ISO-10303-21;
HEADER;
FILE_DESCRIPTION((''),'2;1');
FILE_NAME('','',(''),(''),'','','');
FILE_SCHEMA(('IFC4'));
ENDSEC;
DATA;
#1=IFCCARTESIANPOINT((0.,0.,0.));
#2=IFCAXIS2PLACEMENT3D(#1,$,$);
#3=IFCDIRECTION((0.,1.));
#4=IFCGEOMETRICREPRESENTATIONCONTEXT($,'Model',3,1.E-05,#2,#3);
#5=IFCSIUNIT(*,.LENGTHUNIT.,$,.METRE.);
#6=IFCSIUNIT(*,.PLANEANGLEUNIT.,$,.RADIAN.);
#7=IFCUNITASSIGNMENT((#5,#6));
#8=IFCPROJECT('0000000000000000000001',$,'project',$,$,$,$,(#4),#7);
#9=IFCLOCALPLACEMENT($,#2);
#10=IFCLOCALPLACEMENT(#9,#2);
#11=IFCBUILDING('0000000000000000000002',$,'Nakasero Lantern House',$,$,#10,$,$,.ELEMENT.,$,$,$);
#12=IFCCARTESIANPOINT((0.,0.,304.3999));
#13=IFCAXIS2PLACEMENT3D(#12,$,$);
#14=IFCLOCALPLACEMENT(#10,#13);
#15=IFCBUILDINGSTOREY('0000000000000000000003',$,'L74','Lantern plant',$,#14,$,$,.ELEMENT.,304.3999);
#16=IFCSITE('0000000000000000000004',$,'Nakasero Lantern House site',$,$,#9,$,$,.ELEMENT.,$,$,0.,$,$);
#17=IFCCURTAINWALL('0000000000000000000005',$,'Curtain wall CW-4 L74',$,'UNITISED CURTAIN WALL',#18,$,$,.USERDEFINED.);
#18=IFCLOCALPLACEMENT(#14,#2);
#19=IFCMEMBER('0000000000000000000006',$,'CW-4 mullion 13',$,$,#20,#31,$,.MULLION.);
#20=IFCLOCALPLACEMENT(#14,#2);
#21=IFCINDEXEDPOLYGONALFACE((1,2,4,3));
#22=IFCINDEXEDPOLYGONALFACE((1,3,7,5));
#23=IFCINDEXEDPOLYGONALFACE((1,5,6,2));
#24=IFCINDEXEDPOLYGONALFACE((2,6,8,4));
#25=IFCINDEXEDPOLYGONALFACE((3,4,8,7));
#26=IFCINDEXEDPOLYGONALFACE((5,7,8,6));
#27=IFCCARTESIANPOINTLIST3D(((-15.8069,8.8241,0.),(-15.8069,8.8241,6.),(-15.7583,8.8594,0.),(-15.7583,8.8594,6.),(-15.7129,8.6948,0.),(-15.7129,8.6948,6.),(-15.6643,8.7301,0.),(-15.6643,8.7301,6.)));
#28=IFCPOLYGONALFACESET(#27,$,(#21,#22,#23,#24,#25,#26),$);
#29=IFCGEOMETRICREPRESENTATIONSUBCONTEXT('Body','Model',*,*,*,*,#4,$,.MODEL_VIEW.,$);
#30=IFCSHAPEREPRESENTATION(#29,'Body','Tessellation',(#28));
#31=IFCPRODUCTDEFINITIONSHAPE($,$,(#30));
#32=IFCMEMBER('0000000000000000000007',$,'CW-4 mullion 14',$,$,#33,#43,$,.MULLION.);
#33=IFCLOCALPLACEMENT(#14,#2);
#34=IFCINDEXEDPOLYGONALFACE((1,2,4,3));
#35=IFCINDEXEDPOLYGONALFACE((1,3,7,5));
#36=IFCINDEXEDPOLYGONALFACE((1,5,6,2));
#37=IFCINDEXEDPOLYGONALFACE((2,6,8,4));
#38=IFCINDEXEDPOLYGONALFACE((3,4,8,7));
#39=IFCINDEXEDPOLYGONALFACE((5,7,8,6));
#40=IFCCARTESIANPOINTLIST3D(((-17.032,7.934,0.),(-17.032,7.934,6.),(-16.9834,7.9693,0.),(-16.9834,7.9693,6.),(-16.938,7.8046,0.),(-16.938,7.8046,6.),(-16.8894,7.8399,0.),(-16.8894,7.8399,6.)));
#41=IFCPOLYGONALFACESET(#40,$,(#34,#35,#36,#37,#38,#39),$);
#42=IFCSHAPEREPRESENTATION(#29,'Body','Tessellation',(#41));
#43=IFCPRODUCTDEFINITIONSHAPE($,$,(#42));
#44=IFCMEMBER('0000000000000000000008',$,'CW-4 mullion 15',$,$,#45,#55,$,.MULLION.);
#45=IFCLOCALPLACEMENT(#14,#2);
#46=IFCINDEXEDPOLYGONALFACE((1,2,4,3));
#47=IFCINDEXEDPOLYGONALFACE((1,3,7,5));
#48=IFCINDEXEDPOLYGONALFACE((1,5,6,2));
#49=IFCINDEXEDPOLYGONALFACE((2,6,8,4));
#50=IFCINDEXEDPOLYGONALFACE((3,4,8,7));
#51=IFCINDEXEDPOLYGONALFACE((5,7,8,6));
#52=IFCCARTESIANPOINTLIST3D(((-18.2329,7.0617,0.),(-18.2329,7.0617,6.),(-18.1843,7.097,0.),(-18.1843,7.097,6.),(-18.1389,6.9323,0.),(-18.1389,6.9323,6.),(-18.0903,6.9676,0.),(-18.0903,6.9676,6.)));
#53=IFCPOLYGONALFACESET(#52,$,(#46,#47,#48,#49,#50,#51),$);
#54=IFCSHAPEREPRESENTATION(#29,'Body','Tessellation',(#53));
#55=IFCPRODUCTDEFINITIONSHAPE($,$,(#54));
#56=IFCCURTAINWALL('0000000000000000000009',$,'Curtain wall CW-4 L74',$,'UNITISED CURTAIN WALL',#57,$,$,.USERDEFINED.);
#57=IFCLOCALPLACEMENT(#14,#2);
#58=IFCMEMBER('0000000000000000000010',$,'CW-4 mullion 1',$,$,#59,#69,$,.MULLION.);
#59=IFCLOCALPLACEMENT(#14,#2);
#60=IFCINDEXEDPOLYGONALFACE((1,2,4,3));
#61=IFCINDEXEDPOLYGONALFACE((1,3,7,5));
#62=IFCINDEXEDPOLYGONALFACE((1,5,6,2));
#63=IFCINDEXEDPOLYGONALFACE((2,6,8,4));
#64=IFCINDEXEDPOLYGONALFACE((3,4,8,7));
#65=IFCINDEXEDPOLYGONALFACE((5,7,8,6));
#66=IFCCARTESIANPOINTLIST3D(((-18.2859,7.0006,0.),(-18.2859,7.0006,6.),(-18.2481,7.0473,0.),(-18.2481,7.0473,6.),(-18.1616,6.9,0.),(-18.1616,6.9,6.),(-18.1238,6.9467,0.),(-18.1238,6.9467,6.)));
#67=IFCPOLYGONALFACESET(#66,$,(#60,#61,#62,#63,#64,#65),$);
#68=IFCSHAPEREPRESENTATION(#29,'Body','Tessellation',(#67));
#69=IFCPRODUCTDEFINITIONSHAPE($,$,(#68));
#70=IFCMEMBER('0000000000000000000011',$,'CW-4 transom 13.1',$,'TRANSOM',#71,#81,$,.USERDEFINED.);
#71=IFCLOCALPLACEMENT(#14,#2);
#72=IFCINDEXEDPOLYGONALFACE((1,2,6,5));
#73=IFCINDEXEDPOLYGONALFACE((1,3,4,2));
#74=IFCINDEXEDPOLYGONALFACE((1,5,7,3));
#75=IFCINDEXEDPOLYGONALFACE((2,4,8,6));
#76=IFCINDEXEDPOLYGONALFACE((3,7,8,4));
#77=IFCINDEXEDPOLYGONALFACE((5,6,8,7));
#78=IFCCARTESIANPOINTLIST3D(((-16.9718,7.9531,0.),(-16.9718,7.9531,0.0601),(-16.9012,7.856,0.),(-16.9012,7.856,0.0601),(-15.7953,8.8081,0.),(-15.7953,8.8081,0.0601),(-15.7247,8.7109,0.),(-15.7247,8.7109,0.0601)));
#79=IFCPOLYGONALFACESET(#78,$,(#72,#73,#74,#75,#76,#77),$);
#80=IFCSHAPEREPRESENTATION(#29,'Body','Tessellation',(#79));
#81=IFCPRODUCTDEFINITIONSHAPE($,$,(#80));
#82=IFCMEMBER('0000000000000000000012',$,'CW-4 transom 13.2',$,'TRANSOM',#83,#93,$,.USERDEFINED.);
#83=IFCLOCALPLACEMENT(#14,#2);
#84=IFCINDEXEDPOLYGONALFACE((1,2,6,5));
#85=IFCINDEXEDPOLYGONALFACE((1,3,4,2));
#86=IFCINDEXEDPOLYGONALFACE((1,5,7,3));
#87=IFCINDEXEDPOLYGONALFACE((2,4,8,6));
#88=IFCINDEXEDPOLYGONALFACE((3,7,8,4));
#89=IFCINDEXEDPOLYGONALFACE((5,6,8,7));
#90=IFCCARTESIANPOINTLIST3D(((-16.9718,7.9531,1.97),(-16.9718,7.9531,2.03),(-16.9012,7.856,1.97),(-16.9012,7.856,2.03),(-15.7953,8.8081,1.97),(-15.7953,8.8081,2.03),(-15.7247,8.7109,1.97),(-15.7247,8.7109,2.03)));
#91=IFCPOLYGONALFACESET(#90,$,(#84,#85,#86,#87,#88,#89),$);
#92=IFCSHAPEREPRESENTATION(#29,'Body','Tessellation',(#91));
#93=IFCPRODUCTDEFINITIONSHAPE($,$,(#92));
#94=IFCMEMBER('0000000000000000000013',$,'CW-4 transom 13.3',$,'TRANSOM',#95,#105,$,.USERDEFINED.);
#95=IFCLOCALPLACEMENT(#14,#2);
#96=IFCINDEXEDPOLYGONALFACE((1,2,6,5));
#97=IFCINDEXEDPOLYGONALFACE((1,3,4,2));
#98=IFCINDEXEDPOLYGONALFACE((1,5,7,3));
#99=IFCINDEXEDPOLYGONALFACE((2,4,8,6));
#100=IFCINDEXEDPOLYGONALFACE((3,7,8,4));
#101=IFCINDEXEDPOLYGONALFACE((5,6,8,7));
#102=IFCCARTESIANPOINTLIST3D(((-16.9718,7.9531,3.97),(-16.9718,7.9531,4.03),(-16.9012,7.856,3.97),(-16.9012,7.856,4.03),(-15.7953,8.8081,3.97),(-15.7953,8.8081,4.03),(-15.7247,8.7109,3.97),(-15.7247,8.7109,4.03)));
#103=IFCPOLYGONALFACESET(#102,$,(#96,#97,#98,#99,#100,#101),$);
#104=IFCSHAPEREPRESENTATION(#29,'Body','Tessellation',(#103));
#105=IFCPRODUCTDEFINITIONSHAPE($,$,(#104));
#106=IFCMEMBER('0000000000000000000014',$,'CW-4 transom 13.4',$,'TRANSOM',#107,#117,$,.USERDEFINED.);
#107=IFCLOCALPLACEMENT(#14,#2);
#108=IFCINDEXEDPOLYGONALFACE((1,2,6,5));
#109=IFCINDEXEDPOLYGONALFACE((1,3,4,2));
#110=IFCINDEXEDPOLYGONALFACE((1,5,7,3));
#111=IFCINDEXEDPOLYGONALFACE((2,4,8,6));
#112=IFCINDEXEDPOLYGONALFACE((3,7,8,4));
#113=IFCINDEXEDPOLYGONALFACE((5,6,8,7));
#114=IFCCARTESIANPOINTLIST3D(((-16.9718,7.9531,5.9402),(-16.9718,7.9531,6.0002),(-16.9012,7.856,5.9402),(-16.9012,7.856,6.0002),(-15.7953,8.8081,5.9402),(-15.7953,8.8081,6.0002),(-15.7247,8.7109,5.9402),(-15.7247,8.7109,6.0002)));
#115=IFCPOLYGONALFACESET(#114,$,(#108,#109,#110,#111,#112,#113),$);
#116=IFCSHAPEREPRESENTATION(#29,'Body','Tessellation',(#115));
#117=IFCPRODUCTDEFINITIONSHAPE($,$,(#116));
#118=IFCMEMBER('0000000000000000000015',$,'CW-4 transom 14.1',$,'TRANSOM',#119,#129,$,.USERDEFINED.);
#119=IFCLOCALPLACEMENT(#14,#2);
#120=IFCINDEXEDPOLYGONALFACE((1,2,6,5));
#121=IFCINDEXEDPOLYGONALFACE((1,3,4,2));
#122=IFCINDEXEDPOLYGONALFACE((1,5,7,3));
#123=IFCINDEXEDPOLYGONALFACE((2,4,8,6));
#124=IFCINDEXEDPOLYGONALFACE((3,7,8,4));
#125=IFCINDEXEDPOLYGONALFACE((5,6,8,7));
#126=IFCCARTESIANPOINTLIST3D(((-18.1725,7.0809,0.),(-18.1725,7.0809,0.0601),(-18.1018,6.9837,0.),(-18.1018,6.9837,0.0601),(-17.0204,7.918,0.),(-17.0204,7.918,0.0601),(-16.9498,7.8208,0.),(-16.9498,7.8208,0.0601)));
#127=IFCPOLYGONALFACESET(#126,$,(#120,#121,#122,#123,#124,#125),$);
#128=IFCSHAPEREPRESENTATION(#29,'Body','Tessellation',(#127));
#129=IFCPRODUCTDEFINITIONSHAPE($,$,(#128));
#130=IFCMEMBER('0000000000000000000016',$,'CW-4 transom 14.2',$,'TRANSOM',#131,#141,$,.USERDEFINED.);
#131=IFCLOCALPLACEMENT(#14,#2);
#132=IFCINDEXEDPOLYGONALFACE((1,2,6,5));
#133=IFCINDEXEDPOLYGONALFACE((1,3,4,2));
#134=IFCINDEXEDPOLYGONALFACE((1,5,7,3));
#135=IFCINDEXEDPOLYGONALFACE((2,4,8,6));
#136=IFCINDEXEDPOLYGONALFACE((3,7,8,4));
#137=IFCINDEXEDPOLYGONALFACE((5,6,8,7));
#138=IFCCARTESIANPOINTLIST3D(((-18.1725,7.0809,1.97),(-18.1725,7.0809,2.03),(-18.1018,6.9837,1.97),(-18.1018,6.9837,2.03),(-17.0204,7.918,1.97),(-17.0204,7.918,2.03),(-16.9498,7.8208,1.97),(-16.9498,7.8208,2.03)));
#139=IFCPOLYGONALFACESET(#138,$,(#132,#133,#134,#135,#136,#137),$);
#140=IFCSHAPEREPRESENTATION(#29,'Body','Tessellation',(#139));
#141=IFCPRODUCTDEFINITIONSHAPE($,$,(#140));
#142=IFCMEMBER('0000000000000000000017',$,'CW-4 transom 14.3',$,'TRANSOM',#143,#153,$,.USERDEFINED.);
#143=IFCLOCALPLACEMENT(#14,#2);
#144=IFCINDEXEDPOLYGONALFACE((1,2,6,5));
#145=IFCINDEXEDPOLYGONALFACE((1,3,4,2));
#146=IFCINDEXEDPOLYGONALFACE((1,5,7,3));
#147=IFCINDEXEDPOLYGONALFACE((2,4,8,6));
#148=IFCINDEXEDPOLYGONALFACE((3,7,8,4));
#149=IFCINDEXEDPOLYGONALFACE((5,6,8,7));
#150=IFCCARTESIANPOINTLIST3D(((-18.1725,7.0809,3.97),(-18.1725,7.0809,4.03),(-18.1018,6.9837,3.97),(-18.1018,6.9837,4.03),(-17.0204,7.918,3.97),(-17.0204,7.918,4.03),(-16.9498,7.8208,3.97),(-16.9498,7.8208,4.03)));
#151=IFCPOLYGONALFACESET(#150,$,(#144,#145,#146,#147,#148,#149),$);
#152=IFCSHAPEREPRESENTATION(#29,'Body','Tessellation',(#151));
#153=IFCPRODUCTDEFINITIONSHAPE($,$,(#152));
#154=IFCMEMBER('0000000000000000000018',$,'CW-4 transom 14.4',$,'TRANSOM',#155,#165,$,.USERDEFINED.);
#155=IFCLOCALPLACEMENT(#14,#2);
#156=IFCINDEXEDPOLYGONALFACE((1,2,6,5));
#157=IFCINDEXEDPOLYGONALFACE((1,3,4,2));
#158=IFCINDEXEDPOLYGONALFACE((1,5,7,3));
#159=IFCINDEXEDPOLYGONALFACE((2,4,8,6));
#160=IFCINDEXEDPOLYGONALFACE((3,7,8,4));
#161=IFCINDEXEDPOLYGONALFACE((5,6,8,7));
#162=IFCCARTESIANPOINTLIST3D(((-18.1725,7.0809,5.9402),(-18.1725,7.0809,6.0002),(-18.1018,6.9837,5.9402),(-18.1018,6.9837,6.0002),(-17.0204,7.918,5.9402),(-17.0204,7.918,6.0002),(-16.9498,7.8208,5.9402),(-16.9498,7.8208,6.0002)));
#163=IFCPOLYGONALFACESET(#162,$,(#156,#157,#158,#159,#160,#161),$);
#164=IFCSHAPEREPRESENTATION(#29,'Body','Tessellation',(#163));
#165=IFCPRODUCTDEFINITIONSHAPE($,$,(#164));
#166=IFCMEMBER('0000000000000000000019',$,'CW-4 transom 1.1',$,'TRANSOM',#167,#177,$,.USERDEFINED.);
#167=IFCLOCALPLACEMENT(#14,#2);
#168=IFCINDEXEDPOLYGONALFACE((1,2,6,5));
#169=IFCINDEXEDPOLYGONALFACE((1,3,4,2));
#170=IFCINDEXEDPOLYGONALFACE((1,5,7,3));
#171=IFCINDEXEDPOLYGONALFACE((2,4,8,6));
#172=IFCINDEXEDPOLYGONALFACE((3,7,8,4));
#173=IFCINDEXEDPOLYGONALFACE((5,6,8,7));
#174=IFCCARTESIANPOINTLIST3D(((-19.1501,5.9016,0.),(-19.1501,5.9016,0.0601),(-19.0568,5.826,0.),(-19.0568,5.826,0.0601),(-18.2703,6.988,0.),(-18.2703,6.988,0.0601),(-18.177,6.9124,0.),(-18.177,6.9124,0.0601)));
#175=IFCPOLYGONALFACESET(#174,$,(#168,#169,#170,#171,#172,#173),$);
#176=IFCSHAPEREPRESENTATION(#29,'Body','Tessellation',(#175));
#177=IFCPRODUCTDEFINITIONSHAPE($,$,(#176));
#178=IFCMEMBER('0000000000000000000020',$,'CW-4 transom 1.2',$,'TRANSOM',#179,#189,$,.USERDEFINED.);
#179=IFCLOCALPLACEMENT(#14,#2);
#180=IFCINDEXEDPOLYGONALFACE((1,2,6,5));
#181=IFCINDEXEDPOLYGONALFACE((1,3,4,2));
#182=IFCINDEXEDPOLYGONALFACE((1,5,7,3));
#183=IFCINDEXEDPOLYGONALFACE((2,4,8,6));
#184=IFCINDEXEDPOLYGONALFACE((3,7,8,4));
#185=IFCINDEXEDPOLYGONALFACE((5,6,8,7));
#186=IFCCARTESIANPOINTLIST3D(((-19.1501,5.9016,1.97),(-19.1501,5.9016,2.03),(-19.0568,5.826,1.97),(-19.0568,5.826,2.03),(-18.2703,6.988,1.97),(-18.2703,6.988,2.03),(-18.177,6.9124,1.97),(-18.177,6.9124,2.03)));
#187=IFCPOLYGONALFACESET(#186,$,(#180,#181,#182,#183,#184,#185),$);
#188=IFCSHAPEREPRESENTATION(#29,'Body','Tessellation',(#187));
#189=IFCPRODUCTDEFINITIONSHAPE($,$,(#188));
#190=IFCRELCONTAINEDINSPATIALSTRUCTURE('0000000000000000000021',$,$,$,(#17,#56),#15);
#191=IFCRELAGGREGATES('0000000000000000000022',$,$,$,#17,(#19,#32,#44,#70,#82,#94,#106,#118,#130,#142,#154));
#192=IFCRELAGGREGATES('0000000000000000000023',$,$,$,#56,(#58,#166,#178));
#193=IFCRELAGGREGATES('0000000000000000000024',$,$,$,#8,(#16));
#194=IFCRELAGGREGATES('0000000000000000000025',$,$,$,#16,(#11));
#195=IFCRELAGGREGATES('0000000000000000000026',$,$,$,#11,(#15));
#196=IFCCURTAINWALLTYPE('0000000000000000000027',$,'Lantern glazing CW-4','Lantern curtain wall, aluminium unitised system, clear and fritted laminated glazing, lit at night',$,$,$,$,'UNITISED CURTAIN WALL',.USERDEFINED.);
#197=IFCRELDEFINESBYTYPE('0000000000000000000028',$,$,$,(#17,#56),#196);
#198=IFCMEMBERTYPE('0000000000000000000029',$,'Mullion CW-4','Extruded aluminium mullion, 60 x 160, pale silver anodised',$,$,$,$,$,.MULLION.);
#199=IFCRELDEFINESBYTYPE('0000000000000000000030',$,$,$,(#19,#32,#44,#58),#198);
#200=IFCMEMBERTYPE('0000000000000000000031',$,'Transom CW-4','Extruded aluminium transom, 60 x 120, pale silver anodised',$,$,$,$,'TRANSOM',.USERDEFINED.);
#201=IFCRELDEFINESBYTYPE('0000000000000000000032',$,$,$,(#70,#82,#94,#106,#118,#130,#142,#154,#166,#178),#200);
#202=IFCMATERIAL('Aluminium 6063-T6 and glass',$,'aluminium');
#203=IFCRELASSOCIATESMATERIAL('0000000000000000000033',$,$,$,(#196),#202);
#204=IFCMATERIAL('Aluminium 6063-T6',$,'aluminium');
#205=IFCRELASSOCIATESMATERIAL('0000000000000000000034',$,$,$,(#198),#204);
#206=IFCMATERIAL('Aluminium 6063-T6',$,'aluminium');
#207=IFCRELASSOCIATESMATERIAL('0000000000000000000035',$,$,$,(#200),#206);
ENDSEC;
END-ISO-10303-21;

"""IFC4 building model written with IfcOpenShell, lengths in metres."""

from ifc_helpers import new_model, si_unit, direction, frame, origin, origin_2d, place, context, subcontext, project, spatial, rectangle, extrude, material, material_profile, profile_set, type_object, element, aggregate, save


model = new_model("IFC4")

# Units and contexts
model_context = context("Model", 3, precision=1e-05, world=origin(), true_north=direction((0.0, 1.0)))
body_context = subcontext(model_context, "Body", "Model", "MODEL_VIEW")
ifc_project = project(units=[si_unit("LENGTHUNIT", "METRE"), si_unit("PLANEANGLEUNIT", "RADIAN")], contexts=[model_context])

# Site, building, storey
site_placement = place(None, origin())
site = spatial("IfcSite", under=ifc_project, at=site_placement, Name="Nakasero Lantern House site", CompositionType="ELEMENT", RefElevation=0.0)
building_placement = place(site_placement, origin())
building = spatial("IfcBuilding", under=site, at=building_placement, Name="Nakasero Lantern House", CompositionType="ELEMENT")
storey_placement = place(building_placement, frame((0.0, 0.0, 304.3999)))
storey = spatial("IfcBuildingStorey", under=building, at=storey_placement, Name="L74", Description="Lantern plant", CompositionType="ELEMENT", Elevation=304.3999)

# Curtain wall, members
ifc_material_1 = material(Name="Aluminium 6063-T6 and glass", Category="aluminium")
curtain_wall_type = type_object("IfcCurtainWallType", Name="Lantern glazing CW-4", Description="Lantern curtain wall, aluminium unitised system, clear and fritted laminated glazing, lit at night", ElementType="UNITISED CURTAIN WALL", PredefinedType="USERDEFINED", material=ifc_material_1)
curtain_wall_1_placement = place(storey_placement, origin())
curtain_wall_1 = element("IfcCurtainWall", 1, at=curtain_wall_1_placement, inside=storey, type_object=curtain_wall_type, Name="Curtain wall CW-4 L74", ObjectType="UNITISED CURTAIN WALL", PredefinedType="USERDEFINED")
ifc_material_2 = material(Name="Aluminium 6063-T6", Category="aluminium")
ifc_material_profile_1 = material_profile(ifc_material_2, rectangle(XDim=0.0601, YDim=0.1599, at=origin_2d()), Name="CW-4 mullion 60x160")
ifc_profile_set_1 = profile_set([ifc_material_profile_1], Name="Aluminium 6063-T6")
member_type_1 = type_object("IfcMemberType", Name="Mullion CW-4", Description="Extruded aluminium mullion, 60 x 160, pale silver anodised", PredefinedType="MULLION", material=ifc_profile_set_1)
member_1_placement = place(storey_placement, frame((-15.7356, 8.7771, 0.0), z_axis=(0.0, 0.0, 1.0), x_axis=(-0.809017, -0.587785, 0.0)))
member_1 = element("IfcMember", 2, at=member_1_placement, type_object=member_type_1, Name="CW-4 mullion 13", PredefinedType="MULLION", context=body_context, shape_type="SweptSolid", body=[
    extrude(rectangle(XDim=0.0601, YDim=0.1599, at=origin_2d()), origin(), (0.0, 0.0, 1.0), 6.0),
])
member_2_placement = place(storey_placement, frame((-16.9607, 7.887, 0.0), z_axis=(0.0, 0.0, 1.0), x_axis=(-0.809017, -0.587785, 0.0)))
member_2 = element("IfcMember", 3, at=member_2_placement, type_object=member_type_1, Name="CW-4 mullion 14", PredefinedType="MULLION", context=body_context, shape_type="SweptSolid", body=[
    extrude(rectangle(XDim=0.0601, YDim=0.1599, at=origin_2d()), origin(), (0.0, 0.0, 1.0), 6.0),
])
member_3_placement = place(storey_placement, frame((-18.1616, 7.0146, 0.0), z_axis=(0.0, 0.0, 1.0), x_axis=(-0.809017, -0.587785, 0.0)))
member_3 = element("IfcMember", 4, at=member_3_placement, type_object=member_type_1, Name="CW-4 mullion 15", PredefinedType="MULLION", context=body_context, shape_type="SweptSolid", body=[
    extrude(rectangle(XDim=0.0601, YDim=0.1599, at=origin_2d()), origin(), (0.0, 0.0, 1.0), 6.0),
])

# Curtain wall, member
curtain_wall_2_placement = place(storey_placement, origin())
curtain_wall_2 = element("IfcCurtainWall", 5, at=curtain_wall_2_placement, inside=storey, type_object=curtain_wall_type, Name="Curtain wall CW-4 L74", ObjectType="UNITISED CURTAIN WALL", PredefinedType="USERDEFINED")
member_4_placement = place(storey_placement, frame((-18.2048, 6.9736, 0.0), z_axis=(0.0, 0.0, 1.0), x_axis=(-0.62932, -0.777146, 0.0)))
member_4 = element("IfcMember", 6, at=member_4_placement, type_object=member_type_1, Name="CW-4 mullion 1", PredefinedType="MULLION", context=body_context, shape_type="SweptSolid", body=[
    extrude(rectangle(XDim=0.0601, YDim=0.1599, at=origin_2d()), origin(), (0.0, 0.0, 1.0), 6.0),
])

# Members
ifc_material_3 = material(Name="Aluminium 6063-T6", Category="aluminium")
ifc_material_profile_2 = material_profile(ifc_material_3, rectangle(XDim=0.0601, YDim=0.1201, at=origin_2d()), Name="CW-4 transom 60x120")
ifc_profile_set_2 = profile_set([ifc_material_profile_2], Name="Aluminium 6063-T6")
member_type_2 = type_object("IfcMemberType", Name="Transom CW-4", Description="Extruded aluminium transom, 60 x 120, pale silver anodised", ElementType="TRANSOM", PredefinedType="USERDEFINED", material=ifc_profile_set_2)
member_5_placement = place(storey_placement, frame((-15.76, 8.7595, 0.03), z_axis=(-0.808954, -0.587872, 0.0), x_axis=(0.0, 0.0, 1.0)))
member_5 = element("IfcMember", 7, at=member_5_placement, type_object=member_type_2, Name="CW-4 transom 13.1", ObjectType="TRANSOM", PredefinedType="USERDEFINED", context=body_context, shape_type="SweptSolid", body=[
    extrude(rectangle(XDim=0.0601, YDim=0.1201, at=origin_2d()), origin(), (0.0, 0.0, 1.0), 1.4543),
])
member_6_placement = place(storey_placement, frame((-15.76, 8.7595, 2.0), z_axis=(-0.808954, -0.587872, 0.0), x_axis=(0.0, 0.0, 1.0)))
member_6 = element("IfcMember", 8, at=member_6_placement, type_object=member_type_2, Name="CW-4 transom 13.2", ObjectType="TRANSOM", PredefinedType="USERDEFINED", context=body_context, shape_type="SweptSolid", body=[
    extrude(rectangle(XDim=0.0601, YDim=0.1201, at=origin_2d()), origin(), (0.0, 0.0, 1.0), 1.4543),
])
member_7_placement = place(storey_placement, frame((-15.76, 8.7595, 4.0), z_axis=(-0.808954, -0.587872, 0.0), x_axis=(0.0, 0.0, 1.0)))
member_7 = element("IfcMember", 9, at=member_7_placement, type_object=member_type_2, Name="CW-4 transom 13.3", ObjectType="TRANSOM", PredefinedType="USERDEFINED", context=body_context, shape_type="SweptSolid", body=[
    extrude(rectangle(XDim=0.0601, YDim=0.1201, at=origin_2d()), origin(), (0.0, 0.0, 1.0), 1.4543),
])
member_8_placement = place(storey_placement, frame((-15.76, 8.7595, 5.9702), z_axis=(-0.808954, -0.587872, 0.0), x_axis=(0.0, 0.0, 1.0)))
member_8 = element("IfcMember", 10, at=member_8_placement, type_object=member_type_2, Name="CW-4 transom 13.4", ObjectType="TRANSOM", PredefinedType="USERDEFINED", context=body_context, shape_type="SweptSolid", body=[
    extrude(rectangle(XDim=0.0601, YDim=0.1201, at=origin_2d()), origin(), (0.0, 0.0, 1.0), 1.4543),
])
member_9_placement = place(storey_placement, frame((-16.9851, 7.8694, 0.03), z_axis=(-0.808981, -0.587835, 0.0), x_axis=(0.0, 0.0, 1.0)))
member_9 = element("IfcMember", 11, at=member_9_placement, type_object=member_type_2, Name="CW-4 transom 14.1", ObjectType="TRANSOM", PredefinedType="USERDEFINED", context=body_context, shape_type="SweptSolid", body=[
    extrude(rectangle(XDim=0.0601, YDim=0.1201, at=origin_2d()), origin(), (0.0, 0.0, 1.0), 1.4241),
])
member_10_placement = place(storey_placement, frame((-16.9851, 7.8694, 2.0), z_axis=(-0.808981, -0.587835, 0.0), x_axis=(0.0, 0.0, 1.0)))
member_10 = element("IfcMember", 12, at=member_10_placement, type_object=member_type_2, Name="CW-4 transom 14.2", ObjectType="TRANSOM", PredefinedType="USERDEFINED", context=body_context, shape_type="SweptSolid", body=[
    extrude(rectangle(XDim=0.0601, YDim=0.1201, at=origin_2d()), origin(), (0.0, 0.0, 1.0), 1.4241),
])
member_11_placement = place(storey_placement, frame((-16.9851, 7.8694, 4.0), z_axis=(-0.808981, -0.587835, 0.0), x_axis=(0.0, 0.0, 1.0)))
member_11 = element("IfcMember", 13, at=member_11_placement, type_object=member_type_2, Name="CW-4 transom 14.3", ObjectType="TRANSOM", PredefinedType="USERDEFINED", context=body_context, shape_type="SweptSolid", body=[
    extrude(rectangle(XDim=0.0601, YDim=0.1201, at=origin_2d()), origin(), (0.0, 0.0, 1.0), 1.4241),
])
member_12_placement = place(storey_placement, frame((-16.9851, 7.8694, 5.9702), z_axis=(-0.808981, -0.587835, 0.0), x_axis=(0.0, 0.0, 1.0)))
member_12 = element("IfcMember", 14, at=member_12_placement, type_object=member_type_2, Name="CW-4 transom 14.4", ObjectType="TRANSOM", PredefinedType="USERDEFINED", context=body_context, shape_type="SweptSolid", body=[
    extrude(rectangle(XDim=0.0601, YDim=0.1201, at=origin_2d()), origin(), (0.0, 0.0, 1.0), 1.4241),
])
member_13_placement = place(storey_placement, frame((-18.2236, 6.9502, 0.03), z_axis=(-0.629369, -0.777107, 0.0), x_axis=(0.0, 0.0, 1.0)))
member_13 = element("IfcMember", 15, at=member_13_placement, type_object=member_type_2, Name="CW-4 transom 1.1", ObjectType="TRANSOM", PredefinedType="USERDEFINED", context=body_context, shape_type="SweptSolid", body=[
    extrude(rectangle(XDim=0.0601, YDim=0.1201, at=origin_2d()), origin(), (0.0, 0.0, 1.0), 1.3979),
])
member_14_placement = place(storey_placement, frame((-18.2236, 6.9502, 2.0), z_axis=(-0.629369, -0.777107, 0.0), x_axis=(0.0, 0.0, 1.0)))
member_14 = element("IfcMember", 16, at=member_14_placement, type_object=member_type_2, Name="CW-4 transom 1.2", ObjectType="TRANSOM", PredefinedType="USERDEFINED", context=body_context, shape_type="SweptSolid", body=[
    extrude(rectangle(XDim=0.0601, YDim=0.1201, at=origin_2d()), origin(), (0.0, 0.0, 1.0), 1.3979),
])

aggregate(curtain_wall_1, [member_1, member_2, member_3, member_5, member_6, member_7, member_8, member_9, member_10, member_11, member_12])
aggregate(curtain_wall_2, [member_4, member_13, member_14])

save(model, "model.ifc")
